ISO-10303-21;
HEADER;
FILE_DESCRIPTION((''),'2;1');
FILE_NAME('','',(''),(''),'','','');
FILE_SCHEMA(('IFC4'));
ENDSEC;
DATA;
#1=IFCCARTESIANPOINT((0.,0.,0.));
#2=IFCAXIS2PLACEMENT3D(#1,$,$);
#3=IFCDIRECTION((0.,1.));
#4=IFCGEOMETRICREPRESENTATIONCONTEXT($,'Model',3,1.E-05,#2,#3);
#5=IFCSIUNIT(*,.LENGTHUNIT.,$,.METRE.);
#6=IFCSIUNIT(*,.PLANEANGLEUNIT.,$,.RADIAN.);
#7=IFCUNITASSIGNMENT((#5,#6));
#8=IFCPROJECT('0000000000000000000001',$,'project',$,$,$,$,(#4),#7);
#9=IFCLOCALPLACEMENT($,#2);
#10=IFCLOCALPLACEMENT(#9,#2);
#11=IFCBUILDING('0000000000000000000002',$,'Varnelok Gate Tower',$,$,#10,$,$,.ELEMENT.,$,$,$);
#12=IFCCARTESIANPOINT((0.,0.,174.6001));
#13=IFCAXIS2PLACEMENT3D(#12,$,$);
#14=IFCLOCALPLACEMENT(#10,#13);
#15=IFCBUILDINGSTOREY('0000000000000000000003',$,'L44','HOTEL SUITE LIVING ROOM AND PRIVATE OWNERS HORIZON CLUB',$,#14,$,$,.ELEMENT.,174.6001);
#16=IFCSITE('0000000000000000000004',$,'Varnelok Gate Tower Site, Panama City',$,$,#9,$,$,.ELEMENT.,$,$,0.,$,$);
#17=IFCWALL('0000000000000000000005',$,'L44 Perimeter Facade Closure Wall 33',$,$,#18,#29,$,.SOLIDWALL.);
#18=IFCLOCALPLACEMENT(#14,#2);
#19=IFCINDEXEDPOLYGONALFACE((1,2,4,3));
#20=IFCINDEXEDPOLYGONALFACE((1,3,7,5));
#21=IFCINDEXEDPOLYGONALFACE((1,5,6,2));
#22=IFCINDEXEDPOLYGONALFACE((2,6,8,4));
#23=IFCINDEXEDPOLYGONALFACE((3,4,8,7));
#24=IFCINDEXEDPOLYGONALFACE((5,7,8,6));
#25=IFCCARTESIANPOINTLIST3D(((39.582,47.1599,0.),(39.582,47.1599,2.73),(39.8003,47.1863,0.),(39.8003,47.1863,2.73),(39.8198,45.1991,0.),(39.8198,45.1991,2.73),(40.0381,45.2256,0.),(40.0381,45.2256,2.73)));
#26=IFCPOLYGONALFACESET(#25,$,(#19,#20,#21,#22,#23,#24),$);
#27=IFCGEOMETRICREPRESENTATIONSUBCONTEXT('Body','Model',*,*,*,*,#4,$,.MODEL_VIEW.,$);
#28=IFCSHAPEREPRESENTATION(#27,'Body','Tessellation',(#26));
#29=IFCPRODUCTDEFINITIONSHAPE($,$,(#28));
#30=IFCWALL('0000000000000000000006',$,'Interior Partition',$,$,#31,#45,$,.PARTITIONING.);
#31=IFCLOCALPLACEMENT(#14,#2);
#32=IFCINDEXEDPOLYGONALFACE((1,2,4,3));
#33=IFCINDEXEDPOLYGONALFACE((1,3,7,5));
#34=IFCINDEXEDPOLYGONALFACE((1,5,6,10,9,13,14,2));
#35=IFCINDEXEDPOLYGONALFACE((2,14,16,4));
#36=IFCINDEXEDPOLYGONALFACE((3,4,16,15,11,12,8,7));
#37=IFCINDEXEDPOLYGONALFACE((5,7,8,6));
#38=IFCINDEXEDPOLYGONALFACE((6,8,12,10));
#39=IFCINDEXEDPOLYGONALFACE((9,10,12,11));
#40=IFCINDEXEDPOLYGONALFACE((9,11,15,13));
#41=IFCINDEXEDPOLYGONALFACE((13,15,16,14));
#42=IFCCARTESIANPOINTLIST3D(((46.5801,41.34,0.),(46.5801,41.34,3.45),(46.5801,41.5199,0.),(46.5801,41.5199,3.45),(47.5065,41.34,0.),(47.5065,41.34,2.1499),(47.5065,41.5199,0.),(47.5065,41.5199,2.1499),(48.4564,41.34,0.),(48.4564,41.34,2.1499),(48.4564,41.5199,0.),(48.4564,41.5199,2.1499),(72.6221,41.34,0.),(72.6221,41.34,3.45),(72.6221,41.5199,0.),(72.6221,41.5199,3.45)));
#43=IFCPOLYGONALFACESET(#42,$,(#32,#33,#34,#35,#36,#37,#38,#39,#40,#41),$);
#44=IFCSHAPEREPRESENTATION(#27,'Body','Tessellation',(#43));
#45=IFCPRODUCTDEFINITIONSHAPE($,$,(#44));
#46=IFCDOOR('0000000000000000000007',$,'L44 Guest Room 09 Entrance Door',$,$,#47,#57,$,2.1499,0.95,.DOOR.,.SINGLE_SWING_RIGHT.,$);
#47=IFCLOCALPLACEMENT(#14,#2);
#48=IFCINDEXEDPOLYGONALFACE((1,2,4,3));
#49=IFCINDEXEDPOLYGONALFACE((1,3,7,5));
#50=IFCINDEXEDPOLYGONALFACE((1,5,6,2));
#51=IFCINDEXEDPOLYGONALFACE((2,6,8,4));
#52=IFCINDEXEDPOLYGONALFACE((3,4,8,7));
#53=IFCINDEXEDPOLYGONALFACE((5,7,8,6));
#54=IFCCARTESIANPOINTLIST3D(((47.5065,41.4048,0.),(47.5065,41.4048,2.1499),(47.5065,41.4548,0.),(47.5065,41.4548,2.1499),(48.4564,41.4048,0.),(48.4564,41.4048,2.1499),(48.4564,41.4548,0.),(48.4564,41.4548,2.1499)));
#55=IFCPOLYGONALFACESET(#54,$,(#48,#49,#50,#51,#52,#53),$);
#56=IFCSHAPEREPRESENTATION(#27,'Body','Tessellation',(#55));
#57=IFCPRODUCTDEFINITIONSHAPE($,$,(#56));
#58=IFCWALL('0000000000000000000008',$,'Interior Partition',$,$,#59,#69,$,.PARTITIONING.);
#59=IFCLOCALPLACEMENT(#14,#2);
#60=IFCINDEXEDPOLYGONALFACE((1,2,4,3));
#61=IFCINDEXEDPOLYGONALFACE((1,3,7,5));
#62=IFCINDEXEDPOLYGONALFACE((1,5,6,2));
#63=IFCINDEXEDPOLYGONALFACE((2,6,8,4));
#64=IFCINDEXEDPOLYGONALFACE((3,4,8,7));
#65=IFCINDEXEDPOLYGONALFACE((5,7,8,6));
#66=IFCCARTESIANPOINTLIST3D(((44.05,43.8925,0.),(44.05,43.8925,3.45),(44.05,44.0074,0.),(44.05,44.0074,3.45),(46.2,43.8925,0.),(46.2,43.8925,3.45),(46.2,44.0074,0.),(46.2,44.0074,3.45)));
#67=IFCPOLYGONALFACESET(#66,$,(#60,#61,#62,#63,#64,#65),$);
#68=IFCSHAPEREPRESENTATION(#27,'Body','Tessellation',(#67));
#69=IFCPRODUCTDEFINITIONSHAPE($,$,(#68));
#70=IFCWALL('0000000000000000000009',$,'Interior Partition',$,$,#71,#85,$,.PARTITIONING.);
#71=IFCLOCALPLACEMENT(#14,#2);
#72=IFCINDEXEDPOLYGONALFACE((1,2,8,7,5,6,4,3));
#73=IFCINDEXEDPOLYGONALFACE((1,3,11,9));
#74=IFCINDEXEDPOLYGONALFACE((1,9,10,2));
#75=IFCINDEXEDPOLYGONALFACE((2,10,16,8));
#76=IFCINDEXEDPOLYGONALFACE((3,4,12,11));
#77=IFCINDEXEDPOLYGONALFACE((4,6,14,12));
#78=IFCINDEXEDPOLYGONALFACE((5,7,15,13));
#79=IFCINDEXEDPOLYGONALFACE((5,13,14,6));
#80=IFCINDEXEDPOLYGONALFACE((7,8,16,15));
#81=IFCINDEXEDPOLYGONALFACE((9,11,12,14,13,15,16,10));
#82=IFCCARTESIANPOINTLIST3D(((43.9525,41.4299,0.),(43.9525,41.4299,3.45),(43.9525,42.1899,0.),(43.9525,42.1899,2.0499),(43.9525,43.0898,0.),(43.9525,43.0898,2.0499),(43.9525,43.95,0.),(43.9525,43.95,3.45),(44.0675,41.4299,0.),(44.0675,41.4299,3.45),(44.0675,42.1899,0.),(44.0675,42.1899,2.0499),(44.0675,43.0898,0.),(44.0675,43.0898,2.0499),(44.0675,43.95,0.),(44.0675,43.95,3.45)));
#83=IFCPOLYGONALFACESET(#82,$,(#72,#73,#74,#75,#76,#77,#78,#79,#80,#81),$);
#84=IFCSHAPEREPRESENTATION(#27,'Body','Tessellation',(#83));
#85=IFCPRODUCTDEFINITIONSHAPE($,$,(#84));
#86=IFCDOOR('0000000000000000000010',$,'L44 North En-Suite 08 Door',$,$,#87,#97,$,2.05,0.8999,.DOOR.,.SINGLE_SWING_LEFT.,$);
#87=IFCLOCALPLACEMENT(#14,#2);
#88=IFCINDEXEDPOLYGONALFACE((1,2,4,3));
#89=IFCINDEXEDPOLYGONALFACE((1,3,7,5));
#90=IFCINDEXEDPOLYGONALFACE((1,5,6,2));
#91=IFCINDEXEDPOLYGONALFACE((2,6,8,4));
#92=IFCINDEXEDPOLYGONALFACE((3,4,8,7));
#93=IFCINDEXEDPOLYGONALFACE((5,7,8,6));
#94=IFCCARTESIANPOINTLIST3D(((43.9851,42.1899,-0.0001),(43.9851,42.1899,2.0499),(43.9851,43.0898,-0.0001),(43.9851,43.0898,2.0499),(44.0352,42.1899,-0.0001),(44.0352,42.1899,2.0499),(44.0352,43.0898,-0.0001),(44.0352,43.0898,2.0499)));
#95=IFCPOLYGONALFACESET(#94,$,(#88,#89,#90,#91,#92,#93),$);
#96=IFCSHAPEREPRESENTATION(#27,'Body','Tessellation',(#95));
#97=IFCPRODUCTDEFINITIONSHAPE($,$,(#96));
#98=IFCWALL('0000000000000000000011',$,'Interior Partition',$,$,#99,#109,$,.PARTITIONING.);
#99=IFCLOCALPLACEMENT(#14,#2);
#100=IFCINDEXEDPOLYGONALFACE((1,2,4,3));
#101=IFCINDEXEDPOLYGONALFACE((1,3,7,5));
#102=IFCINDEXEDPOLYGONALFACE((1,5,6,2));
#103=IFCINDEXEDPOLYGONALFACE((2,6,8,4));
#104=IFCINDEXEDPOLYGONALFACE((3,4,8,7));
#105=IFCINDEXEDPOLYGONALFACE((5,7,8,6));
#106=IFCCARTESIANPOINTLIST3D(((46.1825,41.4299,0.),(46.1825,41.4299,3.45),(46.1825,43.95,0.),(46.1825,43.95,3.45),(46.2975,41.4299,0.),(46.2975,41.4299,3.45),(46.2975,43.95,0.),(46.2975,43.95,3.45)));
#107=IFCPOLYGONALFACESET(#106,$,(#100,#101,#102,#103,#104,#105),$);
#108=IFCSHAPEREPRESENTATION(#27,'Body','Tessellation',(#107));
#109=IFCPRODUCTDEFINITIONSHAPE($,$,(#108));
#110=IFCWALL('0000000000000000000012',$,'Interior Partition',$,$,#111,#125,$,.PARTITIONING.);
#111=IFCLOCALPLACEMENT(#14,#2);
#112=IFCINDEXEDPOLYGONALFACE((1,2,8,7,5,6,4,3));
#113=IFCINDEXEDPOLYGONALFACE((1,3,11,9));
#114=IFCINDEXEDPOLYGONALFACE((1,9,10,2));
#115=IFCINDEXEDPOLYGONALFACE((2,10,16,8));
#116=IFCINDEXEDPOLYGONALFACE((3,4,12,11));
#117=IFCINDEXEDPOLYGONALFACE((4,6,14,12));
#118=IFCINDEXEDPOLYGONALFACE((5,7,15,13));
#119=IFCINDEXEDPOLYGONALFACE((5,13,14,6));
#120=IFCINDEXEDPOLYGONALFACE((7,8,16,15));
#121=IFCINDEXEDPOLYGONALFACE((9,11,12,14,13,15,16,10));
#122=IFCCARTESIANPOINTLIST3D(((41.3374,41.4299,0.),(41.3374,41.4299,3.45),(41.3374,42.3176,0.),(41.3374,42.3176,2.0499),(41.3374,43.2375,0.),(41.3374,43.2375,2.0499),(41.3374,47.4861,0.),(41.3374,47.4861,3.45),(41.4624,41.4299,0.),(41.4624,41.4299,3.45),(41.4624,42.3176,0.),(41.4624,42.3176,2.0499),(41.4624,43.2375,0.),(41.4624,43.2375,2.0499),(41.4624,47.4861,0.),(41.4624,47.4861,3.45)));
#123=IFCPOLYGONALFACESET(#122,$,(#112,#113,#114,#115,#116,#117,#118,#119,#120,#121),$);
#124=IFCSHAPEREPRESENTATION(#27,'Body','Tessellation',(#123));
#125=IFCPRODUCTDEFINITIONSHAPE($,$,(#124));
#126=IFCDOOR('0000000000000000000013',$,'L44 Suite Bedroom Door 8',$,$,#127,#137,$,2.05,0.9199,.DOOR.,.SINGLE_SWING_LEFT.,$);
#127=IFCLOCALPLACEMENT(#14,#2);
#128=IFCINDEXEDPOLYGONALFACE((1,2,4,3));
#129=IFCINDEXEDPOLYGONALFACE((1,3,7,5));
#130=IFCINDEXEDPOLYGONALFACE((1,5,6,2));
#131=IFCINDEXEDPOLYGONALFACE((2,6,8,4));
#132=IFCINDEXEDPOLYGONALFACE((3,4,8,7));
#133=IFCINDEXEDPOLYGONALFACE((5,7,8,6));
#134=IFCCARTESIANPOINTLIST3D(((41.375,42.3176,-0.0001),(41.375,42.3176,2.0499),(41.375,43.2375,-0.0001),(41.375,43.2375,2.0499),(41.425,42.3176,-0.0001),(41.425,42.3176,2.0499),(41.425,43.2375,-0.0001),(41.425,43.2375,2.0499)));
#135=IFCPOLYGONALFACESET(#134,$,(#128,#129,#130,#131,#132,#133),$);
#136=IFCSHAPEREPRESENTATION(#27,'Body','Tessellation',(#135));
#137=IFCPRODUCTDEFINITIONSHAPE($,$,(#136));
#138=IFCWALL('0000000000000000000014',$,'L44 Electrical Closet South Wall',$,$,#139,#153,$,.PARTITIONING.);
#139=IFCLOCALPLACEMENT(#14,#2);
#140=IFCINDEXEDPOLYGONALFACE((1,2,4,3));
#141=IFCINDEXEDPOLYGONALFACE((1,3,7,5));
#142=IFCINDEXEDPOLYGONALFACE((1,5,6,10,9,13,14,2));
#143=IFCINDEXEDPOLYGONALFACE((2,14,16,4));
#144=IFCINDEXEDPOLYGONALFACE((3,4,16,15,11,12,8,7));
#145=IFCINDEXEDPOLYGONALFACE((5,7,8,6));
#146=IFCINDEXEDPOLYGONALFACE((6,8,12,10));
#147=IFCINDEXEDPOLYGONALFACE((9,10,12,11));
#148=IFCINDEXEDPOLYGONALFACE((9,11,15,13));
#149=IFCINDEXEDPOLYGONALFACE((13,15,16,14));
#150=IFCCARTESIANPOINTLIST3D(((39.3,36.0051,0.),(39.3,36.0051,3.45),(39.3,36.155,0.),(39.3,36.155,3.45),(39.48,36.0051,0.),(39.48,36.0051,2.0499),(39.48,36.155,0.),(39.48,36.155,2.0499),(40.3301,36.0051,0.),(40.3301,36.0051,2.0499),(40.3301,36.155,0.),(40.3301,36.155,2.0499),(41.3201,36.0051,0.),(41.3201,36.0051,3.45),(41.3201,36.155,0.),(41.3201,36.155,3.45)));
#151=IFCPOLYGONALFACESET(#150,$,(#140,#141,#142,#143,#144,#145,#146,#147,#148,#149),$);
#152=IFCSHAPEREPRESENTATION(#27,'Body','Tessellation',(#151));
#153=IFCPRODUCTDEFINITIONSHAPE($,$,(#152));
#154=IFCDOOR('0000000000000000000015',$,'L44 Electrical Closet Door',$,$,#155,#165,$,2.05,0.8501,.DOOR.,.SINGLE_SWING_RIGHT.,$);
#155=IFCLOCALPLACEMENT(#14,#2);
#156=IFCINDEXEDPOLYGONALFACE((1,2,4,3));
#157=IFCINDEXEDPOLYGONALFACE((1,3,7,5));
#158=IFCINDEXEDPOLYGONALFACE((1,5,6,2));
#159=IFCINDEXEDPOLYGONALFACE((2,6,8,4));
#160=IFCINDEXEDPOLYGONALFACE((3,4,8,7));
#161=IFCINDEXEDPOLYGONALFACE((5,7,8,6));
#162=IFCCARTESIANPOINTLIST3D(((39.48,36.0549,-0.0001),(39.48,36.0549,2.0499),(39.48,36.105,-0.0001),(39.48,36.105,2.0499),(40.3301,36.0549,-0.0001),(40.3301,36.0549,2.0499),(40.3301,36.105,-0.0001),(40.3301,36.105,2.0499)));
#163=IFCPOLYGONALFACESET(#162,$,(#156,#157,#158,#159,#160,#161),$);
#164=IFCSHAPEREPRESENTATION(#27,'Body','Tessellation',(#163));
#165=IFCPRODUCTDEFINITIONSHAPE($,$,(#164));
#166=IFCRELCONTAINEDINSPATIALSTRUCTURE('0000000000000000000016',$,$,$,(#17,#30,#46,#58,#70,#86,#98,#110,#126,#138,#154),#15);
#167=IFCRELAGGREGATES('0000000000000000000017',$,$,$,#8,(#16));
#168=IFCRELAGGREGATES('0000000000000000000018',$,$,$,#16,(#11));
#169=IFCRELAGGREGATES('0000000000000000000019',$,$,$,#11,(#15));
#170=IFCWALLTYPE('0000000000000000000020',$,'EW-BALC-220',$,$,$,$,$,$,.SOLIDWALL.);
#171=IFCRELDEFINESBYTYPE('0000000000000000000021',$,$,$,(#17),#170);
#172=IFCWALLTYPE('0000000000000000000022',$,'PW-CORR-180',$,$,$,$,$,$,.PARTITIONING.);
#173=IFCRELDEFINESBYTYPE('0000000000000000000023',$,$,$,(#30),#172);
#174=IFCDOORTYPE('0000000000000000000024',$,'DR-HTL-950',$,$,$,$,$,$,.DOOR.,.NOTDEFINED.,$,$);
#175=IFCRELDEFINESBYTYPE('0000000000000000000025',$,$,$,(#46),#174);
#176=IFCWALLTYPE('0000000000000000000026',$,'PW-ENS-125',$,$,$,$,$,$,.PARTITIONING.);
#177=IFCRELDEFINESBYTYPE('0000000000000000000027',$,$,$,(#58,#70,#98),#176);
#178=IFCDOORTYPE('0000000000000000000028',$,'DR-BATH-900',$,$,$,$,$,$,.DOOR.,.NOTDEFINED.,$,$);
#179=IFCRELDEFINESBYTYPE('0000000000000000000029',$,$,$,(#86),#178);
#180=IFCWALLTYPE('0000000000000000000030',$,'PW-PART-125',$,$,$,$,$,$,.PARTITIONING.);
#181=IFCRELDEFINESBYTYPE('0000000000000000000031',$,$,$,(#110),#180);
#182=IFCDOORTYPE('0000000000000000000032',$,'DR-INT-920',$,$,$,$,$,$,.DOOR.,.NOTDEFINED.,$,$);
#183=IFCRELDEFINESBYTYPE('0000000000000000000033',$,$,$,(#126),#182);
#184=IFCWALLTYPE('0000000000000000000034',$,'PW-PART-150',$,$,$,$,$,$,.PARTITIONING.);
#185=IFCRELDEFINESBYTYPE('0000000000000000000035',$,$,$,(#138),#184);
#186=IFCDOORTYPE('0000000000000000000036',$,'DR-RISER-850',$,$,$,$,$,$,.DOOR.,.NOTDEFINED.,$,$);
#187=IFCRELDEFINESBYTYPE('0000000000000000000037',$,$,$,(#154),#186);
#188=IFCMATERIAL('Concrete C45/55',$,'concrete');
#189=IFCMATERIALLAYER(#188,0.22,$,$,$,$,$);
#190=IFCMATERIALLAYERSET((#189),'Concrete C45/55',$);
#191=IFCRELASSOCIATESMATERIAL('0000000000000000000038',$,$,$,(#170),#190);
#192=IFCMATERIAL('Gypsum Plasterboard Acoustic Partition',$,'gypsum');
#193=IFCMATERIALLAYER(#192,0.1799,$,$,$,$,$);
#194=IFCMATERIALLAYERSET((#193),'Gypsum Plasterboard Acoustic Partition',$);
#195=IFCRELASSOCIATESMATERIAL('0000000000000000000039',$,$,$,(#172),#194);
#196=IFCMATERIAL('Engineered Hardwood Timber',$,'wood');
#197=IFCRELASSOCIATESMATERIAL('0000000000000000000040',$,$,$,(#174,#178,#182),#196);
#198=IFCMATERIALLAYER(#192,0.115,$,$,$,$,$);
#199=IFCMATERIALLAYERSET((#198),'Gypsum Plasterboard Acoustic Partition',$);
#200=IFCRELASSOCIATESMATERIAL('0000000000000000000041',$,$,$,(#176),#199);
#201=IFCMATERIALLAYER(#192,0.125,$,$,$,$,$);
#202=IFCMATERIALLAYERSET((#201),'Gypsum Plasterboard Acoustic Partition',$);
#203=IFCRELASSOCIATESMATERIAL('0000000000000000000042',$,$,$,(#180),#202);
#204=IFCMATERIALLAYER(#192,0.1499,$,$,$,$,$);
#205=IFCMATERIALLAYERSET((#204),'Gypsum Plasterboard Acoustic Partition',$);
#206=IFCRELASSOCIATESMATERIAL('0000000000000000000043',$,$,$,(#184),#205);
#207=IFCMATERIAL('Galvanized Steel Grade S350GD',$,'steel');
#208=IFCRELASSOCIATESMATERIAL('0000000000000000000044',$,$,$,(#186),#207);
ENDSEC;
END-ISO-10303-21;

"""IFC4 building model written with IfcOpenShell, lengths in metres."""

from ifc_helpers import new_model, si_unit, direction, frame, frame_2d, origin, place, context, subcontext, project, spatial, rectangle, extrude, material, layer, layer_set, type_object, element, fill, save


model = new_model("IFC4")

# Units and contexts
model_context = context("Model", 3, precision=1e-05, world=origin(), true_north=direction((0.0, 1.0)))
body_context = subcontext(model_context, "Body", "Model", "MODEL_VIEW")
ifc_project = project(units=[si_unit("LENGTHUNIT", "METRE"), si_unit("PLANEANGLEUNIT", "RADIAN")], contexts=[model_context])

# Site, building, storey
site_placement = place(None, origin())
site = spatial("IfcSite", under=ifc_project, at=site_placement, Name="Varnelok Gate Tower Site, Panama City", CompositionType="ELEMENT", RefElevation=0.0)
building_placement = place(site_placement, origin())
building = spatial("IfcBuilding", under=site, at=building_placement, Name="Varnelok Gate Tower", CompositionType="ELEMENT")
storey_placement = place(building_placement, frame((0.0, 0.0, 174.6001)))
storey = spatial("IfcBuildingStorey", under=building, at=storey_placement, Name="L44", Description="HOTEL SUITE LIVING ROOM AND PRIVATE OWNERS HORIZON CLUB", CompositionType="ELEMENT", Elevation=174.6001)

# Shared definitions
ifc_material_1 = material(Name="Concrete C45/55", Category="concrete")
ifc_layer_1 = layer(ifc_material_1, 0.22)
ifc_layer_set_1 = layer_set([ifc_layer_1], Name="Concrete C45/55")
wall_type_1 = type_object("IfcWallType", Name="EW-BALC-220", PredefinedType="SOLIDWALL", material=ifc_layer_set_1)

# Wall
wall_1_placement = place(storey_placement, frame((39.6912, 47.1731, 0.0), z_axis=(0.0, 0.0, 1.0), x_axis=(0.120398, -0.992726, 0.0)))
element("IfcWall", 1, at=wall_1_placement, inside=storey, type_object=wall_type_1, Name="L44 Perimeter Facade Closure Wall 33", PredefinedType="SOLIDWALL", context=body_context, shape_type="SweptSolid", body=[
    extrude(rectangle(XDim=1.9751, YDim=0.22, at=frame_2d((0.9875, 0.0))), origin(), (0.0, 0.0, 1.0), 2.73),
])

# Wall, opening, door
ifc_material_2 = material(Name="Gypsum Plasterboard Acoustic Partition", Category="gypsum")
ifc_layer_2 = layer(ifc_material_2, 0.1799)
ifc_layer_set_2 = layer_set([ifc_layer_2], Name="Gypsum Plasterboard Acoustic Partition")
wall_type_2 = type_object("IfcWallType", Name="PW-CORR-180", PredefinedType="PARTITIONING", material=ifc_layer_set_2)
wall_2_placement = place(storey_placement, frame((46.5801, 41.4299, 0.0), z_axis=(0.0, 0.0, 1.0), x_axis=(1.0, 0.0, 0.0)))
wall_2 = element("IfcWall", 2, at=wall_2_placement, inside=storey, type_object=wall_type_2, Name="Interior Partition", PredefinedType="PARTITIONING", context=body_context, shape_type="SweptSolid", body=[
    extrude(rectangle(XDim=26.042, YDim=0.1799, at=frame_2d((13.021, 0.0))), origin(), (0.0, 0.0, 1.0), 3.45),
])
opening_1_placement = place(wall_2_placement, frame((0.9263, 0.0, 0.0)))
opening_1 = element("IfcOpeningElement", 3, at=opening_1_placement, cuts=wall_2, PredefinedType="OPENING", context=body_context, shape_type="SweptSolid", body=[
    extrude(rectangle(XDim=0.95, YDim=2.1499, at=frame_2d((0.4751, 1.075))), frame((0.0, 0.0999, 0.0), z_axis=(0.0, -1.0, 0.0), x_axis=(1.0, 0.0, 0.0)), (0.0, 0.0, 1.0), 0.2),
])
ifc_material_3 = material(Name="Engineered Hardwood Timber", Category="wood")
door_type_1 = type_object("IfcDoorType", Name="DR-HTL-950", OperationType="NOTDEFINED", PredefinedType="DOOR", material=ifc_material_3)
door_1_placement = place(opening_1_placement, origin())
door_1 = element("IfcDoor", 4, at=door_1_placement, inside=storey, type_object=door_type_1, Name="L44 Guest Room 09 Entrance Door", OperationType="SINGLE_SWING_RIGHT", OverallHeight=2.1499, OverallWidth=0.95, PredefinedType="DOOR", context=body_context, shape_type="SweptSolid", body=[
    extrude(rectangle(XDim=0.95, YDim=2.1499, at=frame_2d((0.4751, 1.075))), frame((0.0, 0.0249, 0.0), z_axis=(0.0, -1.0, 0.0), x_axis=(1.0, 0.0, 0.0)), (0.0, 0.0, 1.0), 0.05),
])
fill(opening_1, door_1)

# Wall
ifc_layer_3 = layer(ifc_material_2, 0.115)
ifc_layer_set_3 = layer_set([ifc_layer_3], Name="Gypsum Plasterboard Acoustic Partition")
wall_type_3 = type_object("IfcWallType", Name="PW-ENS-125", PredefinedType="PARTITIONING", material=ifc_layer_set_3)
wall_3_placement = place(storey_placement, frame((44.05, 43.95, 0.0), z_axis=(0.0, 0.0, 1.0), x_axis=(1.0, 0.0, 0.0)))
element("IfcWall", 5, at=wall_3_placement, inside=storey, type_object=wall_type_3, Name="Interior Partition", PredefinedType="PARTITIONING", context=body_context, shape_type="SweptSolid", body=[
    extrude(rectangle(XDim=2.1499, YDim=0.115, at=frame_2d((1.075, 0.0))), origin(), (0.0, 0.0, 1.0), 3.45),
])

# Wall, opening, door
wall_4_placement = place(storey_placement, frame((44.01, 41.4299, 0.0), z_axis=(0.0, 0.0, 1.0), x_axis=(0.0, 1.0, 0.0)))
wall_4 = element("IfcWall", 6, at=wall_4_placement, inside=storey, type_object=wall_type_3, Name="Interior Partition", PredefinedType="PARTITIONING", context=body_context, shape_type="SweptSolid", body=[
    extrude(rectangle(XDim=2.52, YDim=0.115, at=frame_2d((1.26, 0.0))), origin(), (0.0, 0.0, 1.0), 3.45),
])
opening_2_placement = place(wall_4_placement, frame((0.76, 0.0, 0.0)))
opening_2 = element("IfcOpeningElement", 7, at=opening_2_placement, cuts=wall_4, PredefinedType="OPENING", context=body_context, shape_type="SweptSolid", body=[
    extrude(rectangle(XDim=0.8999, YDim=2.05, at=frame_2d((0.45, 1.0249))), frame((0.0, 0.0674, 0.0), z_axis=(0.0, -1.0, 0.0), x_axis=(1.0, 0.0, 0.0)), (0.0, 0.0, 1.0), 0.135),
])
door_type_2 = type_object("IfcDoorType", Name="DR-BATH-900", OperationType="NOTDEFINED", PredefinedType="DOOR", material=ifc_material_3)
door_2_placement = place(opening_2_placement, origin())
door_2 = element("IfcDoor", 8, at=door_2_placement, inside=storey, type_object=door_type_2, Name="L44 North En-Suite 08 Door", OperationType="SINGLE_SWING_LEFT", OverallHeight=2.05, OverallWidth=0.8999, PredefinedType="DOOR", context=body_context, shape_type="SweptSolid", body=[
    extrude(rectangle(XDim=0.8999, YDim=2.05, at=frame_2d((0.45, 1.0249))), frame((0.0, 0.0249, 0.0), z_axis=(0.0, -1.0, 0.0), x_axis=(1.0, 0.0, 0.0)), (0.0, 0.0, 1.0), 0.05),
])
fill(opening_2, door_2)

# Wall
wall_5_placement = place(storey_placement, frame((46.24, 41.4299, 0.0), z_axis=(0.0, 0.0, 1.0), x_axis=(0.0, 1.0, 0.0)))
element("IfcWall", 9, at=wall_5_placement, inside=storey, type_object=wall_type_3, Name="Interior Partition", PredefinedType="PARTITIONING", context=body_context, shape_type="SweptSolid", body=[
    extrude(rectangle(XDim=2.52, YDim=0.115, at=frame_2d((1.26, 0.0))), origin(), (0.0, 0.0, 1.0), 3.45),
])

# Walls, openings, doors
ifc_layer_4 = layer(ifc_material_2, 0.125)
ifc_layer_set_4 = layer_set([ifc_layer_4], Name="Gypsum Plasterboard Acoustic Partition")
wall_type_4 = type_object("IfcWallType", Name="PW-PART-125", PredefinedType="PARTITIONING", material=ifc_layer_set_4)
wall_6_placement = place(storey_placement, frame((41.3999, 41.4299, 0.0), z_axis=(0.0, 0.0, 1.0), x_axis=(0.0, 1.0, 0.0)))
wall_6 = element("IfcWall", 10, at=wall_6_placement, inside=storey, type_object=wall_type_4, Name="Interior Partition", PredefinedType="PARTITIONING", context=body_context, shape_type="SweptSolid", body=[
    extrude(rectangle(XDim=6.0562, YDim=0.125, at=frame_2d((3.0281, 0.0))), origin(), (0.0, 0.0, 1.0), 3.45),
])
opening_3_placement = place(wall_6_placement, frame((0.8877, 0.0, 0.0)))
opening_3 = element("IfcOpeningElement", 11, at=opening_3_placement, cuts=wall_6, PredefinedType="OPENING", context=body_context, shape_type="SweptSolid", body=[
    extrude(rectangle(XDim=0.9199, YDim=2.05, at=frame_2d((0.46, 1.0249))), frame((0.0, 0.0725, 0.0), z_axis=(0.0, -1.0, 0.0), x_axis=(1.0, 0.0, 0.0)), (0.0, 0.0, 1.0), 0.145),
])
door_type_3 = type_object("IfcDoorType", Name="DR-INT-920", OperationType="NOTDEFINED", PredefinedType="DOOR", material=ifc_material_3)
door_3_placement = place(opening_3_placement, origin())
door_3 = element("IfcDoor", 12, at=door_3_placement, inside=storey, type_object=door_type_3, Name="L44 Suite Bedroom Door 8", OperationType="SINGLE_SWING_LEFT", OverallHeight=2.05, OverallWidth=0.9199, PredefinedType="DOOR", context=body_context, shape_type="SweptSolid", body=[
    extrude(rectangle(XDim=0.9199, YDim=2.05, at=frame_2d((0.46, 1.0249))), frame((0.0, 0.0249, 0.0), z_axis=(0.0, -1.0, 0.0), x_axis=(1.0, 0.0, 0.0)), (0.0, 0.0, 1.0), 0.05),
])
fill(opening_3, door_3)
ifc_layer_5 = layer(ifc_material_2, 0.1499)
ifc_layer_set_5 = layer_set([ifc_layer_5], Name="Gypsum Plasterboard Acoustic Partition")
wall_type_5 = type_object("IfcWallType", Name="PW-PART-150", PredefinedType="PARTITIONING", material=ifc_layer_set_5)
wall_7_placement = place(storey_placement, frame((39.3, 36.0801, 0.0), z_axis=(0.0, 0.0, 1.0), x_axis=(1.0, 0.0, 0.0)))
wall_7 = element("IfcWall", 13, at=wall_7_placement, inside=storey, type_object=wall_type_5, Name="L44 Electrical Closet South Wall", PredefinedType="PARTITIONING", context=body_context, shape_type="SweptSolid", body=[
    extrude(rectangle(XDim=2.02, YDim=0.1499, at=frame_2d((1.01, 0.0))), origin(), (0.0, 0.0, 1.0), 3.45),
])
opening_4_placement = place(wall_7_placement, frame((0.1799, 0.0, 0.0)))
opening_4 = element("IfcOpeningElement", 14, at=opening_4_placement, cuts=wall_7, PredefinedType="OPENING", context=body_context, shape_type="SweptSolid", body=[
    extrude(rectangle(XDim=0.8501, YDim=2.05, at=frame_2d((0.425, 1.0249))), frame((0.0, 0.085, 0.0), z_axis=(0.0, -1.0, 0.0), x_axis=(1.0, 0.0, 0.0)), (0.0, 0.0, 1.0), 0.1699),
])
ifc_material_4 = material(Name="Galvanized Steel Grade S350GD", Category="steel")
door_type_4 = type_object("IfcDoorType", Name="DR-RISER-850", OperationType="NOTDEFINED", PredefinedType="DOOR", material=ifc_material_4)
door_4_placement = place(opening_4_placement, origin())
door_4 = element("IfcDoor", 15, at=door_4_placement, inside=storey, type_object=door_type_4, Name="L44 Electrical Closet Door", OperationType="SINGLE_SWING_RIGHT", OverallHeight=2.05, OverallWidth=0.8501, PredefinedType="DOOR", context=body_context, shape_type="SweptSolid", body=[
    extrude(rectangle(XDim=0.8501, YDim=2.05, at=frame_2d((0.425, 1.0249))), frame((0.0, 0.0249, 0.0), z_axis=(0.0, -1.0, 0.0), x_axis=(1.0, 0.0, 0.0)), (0.0, 0.0, 1.0), 0.05),
])
fill(opening_4, door_4)

save(model, "model.ifc")
